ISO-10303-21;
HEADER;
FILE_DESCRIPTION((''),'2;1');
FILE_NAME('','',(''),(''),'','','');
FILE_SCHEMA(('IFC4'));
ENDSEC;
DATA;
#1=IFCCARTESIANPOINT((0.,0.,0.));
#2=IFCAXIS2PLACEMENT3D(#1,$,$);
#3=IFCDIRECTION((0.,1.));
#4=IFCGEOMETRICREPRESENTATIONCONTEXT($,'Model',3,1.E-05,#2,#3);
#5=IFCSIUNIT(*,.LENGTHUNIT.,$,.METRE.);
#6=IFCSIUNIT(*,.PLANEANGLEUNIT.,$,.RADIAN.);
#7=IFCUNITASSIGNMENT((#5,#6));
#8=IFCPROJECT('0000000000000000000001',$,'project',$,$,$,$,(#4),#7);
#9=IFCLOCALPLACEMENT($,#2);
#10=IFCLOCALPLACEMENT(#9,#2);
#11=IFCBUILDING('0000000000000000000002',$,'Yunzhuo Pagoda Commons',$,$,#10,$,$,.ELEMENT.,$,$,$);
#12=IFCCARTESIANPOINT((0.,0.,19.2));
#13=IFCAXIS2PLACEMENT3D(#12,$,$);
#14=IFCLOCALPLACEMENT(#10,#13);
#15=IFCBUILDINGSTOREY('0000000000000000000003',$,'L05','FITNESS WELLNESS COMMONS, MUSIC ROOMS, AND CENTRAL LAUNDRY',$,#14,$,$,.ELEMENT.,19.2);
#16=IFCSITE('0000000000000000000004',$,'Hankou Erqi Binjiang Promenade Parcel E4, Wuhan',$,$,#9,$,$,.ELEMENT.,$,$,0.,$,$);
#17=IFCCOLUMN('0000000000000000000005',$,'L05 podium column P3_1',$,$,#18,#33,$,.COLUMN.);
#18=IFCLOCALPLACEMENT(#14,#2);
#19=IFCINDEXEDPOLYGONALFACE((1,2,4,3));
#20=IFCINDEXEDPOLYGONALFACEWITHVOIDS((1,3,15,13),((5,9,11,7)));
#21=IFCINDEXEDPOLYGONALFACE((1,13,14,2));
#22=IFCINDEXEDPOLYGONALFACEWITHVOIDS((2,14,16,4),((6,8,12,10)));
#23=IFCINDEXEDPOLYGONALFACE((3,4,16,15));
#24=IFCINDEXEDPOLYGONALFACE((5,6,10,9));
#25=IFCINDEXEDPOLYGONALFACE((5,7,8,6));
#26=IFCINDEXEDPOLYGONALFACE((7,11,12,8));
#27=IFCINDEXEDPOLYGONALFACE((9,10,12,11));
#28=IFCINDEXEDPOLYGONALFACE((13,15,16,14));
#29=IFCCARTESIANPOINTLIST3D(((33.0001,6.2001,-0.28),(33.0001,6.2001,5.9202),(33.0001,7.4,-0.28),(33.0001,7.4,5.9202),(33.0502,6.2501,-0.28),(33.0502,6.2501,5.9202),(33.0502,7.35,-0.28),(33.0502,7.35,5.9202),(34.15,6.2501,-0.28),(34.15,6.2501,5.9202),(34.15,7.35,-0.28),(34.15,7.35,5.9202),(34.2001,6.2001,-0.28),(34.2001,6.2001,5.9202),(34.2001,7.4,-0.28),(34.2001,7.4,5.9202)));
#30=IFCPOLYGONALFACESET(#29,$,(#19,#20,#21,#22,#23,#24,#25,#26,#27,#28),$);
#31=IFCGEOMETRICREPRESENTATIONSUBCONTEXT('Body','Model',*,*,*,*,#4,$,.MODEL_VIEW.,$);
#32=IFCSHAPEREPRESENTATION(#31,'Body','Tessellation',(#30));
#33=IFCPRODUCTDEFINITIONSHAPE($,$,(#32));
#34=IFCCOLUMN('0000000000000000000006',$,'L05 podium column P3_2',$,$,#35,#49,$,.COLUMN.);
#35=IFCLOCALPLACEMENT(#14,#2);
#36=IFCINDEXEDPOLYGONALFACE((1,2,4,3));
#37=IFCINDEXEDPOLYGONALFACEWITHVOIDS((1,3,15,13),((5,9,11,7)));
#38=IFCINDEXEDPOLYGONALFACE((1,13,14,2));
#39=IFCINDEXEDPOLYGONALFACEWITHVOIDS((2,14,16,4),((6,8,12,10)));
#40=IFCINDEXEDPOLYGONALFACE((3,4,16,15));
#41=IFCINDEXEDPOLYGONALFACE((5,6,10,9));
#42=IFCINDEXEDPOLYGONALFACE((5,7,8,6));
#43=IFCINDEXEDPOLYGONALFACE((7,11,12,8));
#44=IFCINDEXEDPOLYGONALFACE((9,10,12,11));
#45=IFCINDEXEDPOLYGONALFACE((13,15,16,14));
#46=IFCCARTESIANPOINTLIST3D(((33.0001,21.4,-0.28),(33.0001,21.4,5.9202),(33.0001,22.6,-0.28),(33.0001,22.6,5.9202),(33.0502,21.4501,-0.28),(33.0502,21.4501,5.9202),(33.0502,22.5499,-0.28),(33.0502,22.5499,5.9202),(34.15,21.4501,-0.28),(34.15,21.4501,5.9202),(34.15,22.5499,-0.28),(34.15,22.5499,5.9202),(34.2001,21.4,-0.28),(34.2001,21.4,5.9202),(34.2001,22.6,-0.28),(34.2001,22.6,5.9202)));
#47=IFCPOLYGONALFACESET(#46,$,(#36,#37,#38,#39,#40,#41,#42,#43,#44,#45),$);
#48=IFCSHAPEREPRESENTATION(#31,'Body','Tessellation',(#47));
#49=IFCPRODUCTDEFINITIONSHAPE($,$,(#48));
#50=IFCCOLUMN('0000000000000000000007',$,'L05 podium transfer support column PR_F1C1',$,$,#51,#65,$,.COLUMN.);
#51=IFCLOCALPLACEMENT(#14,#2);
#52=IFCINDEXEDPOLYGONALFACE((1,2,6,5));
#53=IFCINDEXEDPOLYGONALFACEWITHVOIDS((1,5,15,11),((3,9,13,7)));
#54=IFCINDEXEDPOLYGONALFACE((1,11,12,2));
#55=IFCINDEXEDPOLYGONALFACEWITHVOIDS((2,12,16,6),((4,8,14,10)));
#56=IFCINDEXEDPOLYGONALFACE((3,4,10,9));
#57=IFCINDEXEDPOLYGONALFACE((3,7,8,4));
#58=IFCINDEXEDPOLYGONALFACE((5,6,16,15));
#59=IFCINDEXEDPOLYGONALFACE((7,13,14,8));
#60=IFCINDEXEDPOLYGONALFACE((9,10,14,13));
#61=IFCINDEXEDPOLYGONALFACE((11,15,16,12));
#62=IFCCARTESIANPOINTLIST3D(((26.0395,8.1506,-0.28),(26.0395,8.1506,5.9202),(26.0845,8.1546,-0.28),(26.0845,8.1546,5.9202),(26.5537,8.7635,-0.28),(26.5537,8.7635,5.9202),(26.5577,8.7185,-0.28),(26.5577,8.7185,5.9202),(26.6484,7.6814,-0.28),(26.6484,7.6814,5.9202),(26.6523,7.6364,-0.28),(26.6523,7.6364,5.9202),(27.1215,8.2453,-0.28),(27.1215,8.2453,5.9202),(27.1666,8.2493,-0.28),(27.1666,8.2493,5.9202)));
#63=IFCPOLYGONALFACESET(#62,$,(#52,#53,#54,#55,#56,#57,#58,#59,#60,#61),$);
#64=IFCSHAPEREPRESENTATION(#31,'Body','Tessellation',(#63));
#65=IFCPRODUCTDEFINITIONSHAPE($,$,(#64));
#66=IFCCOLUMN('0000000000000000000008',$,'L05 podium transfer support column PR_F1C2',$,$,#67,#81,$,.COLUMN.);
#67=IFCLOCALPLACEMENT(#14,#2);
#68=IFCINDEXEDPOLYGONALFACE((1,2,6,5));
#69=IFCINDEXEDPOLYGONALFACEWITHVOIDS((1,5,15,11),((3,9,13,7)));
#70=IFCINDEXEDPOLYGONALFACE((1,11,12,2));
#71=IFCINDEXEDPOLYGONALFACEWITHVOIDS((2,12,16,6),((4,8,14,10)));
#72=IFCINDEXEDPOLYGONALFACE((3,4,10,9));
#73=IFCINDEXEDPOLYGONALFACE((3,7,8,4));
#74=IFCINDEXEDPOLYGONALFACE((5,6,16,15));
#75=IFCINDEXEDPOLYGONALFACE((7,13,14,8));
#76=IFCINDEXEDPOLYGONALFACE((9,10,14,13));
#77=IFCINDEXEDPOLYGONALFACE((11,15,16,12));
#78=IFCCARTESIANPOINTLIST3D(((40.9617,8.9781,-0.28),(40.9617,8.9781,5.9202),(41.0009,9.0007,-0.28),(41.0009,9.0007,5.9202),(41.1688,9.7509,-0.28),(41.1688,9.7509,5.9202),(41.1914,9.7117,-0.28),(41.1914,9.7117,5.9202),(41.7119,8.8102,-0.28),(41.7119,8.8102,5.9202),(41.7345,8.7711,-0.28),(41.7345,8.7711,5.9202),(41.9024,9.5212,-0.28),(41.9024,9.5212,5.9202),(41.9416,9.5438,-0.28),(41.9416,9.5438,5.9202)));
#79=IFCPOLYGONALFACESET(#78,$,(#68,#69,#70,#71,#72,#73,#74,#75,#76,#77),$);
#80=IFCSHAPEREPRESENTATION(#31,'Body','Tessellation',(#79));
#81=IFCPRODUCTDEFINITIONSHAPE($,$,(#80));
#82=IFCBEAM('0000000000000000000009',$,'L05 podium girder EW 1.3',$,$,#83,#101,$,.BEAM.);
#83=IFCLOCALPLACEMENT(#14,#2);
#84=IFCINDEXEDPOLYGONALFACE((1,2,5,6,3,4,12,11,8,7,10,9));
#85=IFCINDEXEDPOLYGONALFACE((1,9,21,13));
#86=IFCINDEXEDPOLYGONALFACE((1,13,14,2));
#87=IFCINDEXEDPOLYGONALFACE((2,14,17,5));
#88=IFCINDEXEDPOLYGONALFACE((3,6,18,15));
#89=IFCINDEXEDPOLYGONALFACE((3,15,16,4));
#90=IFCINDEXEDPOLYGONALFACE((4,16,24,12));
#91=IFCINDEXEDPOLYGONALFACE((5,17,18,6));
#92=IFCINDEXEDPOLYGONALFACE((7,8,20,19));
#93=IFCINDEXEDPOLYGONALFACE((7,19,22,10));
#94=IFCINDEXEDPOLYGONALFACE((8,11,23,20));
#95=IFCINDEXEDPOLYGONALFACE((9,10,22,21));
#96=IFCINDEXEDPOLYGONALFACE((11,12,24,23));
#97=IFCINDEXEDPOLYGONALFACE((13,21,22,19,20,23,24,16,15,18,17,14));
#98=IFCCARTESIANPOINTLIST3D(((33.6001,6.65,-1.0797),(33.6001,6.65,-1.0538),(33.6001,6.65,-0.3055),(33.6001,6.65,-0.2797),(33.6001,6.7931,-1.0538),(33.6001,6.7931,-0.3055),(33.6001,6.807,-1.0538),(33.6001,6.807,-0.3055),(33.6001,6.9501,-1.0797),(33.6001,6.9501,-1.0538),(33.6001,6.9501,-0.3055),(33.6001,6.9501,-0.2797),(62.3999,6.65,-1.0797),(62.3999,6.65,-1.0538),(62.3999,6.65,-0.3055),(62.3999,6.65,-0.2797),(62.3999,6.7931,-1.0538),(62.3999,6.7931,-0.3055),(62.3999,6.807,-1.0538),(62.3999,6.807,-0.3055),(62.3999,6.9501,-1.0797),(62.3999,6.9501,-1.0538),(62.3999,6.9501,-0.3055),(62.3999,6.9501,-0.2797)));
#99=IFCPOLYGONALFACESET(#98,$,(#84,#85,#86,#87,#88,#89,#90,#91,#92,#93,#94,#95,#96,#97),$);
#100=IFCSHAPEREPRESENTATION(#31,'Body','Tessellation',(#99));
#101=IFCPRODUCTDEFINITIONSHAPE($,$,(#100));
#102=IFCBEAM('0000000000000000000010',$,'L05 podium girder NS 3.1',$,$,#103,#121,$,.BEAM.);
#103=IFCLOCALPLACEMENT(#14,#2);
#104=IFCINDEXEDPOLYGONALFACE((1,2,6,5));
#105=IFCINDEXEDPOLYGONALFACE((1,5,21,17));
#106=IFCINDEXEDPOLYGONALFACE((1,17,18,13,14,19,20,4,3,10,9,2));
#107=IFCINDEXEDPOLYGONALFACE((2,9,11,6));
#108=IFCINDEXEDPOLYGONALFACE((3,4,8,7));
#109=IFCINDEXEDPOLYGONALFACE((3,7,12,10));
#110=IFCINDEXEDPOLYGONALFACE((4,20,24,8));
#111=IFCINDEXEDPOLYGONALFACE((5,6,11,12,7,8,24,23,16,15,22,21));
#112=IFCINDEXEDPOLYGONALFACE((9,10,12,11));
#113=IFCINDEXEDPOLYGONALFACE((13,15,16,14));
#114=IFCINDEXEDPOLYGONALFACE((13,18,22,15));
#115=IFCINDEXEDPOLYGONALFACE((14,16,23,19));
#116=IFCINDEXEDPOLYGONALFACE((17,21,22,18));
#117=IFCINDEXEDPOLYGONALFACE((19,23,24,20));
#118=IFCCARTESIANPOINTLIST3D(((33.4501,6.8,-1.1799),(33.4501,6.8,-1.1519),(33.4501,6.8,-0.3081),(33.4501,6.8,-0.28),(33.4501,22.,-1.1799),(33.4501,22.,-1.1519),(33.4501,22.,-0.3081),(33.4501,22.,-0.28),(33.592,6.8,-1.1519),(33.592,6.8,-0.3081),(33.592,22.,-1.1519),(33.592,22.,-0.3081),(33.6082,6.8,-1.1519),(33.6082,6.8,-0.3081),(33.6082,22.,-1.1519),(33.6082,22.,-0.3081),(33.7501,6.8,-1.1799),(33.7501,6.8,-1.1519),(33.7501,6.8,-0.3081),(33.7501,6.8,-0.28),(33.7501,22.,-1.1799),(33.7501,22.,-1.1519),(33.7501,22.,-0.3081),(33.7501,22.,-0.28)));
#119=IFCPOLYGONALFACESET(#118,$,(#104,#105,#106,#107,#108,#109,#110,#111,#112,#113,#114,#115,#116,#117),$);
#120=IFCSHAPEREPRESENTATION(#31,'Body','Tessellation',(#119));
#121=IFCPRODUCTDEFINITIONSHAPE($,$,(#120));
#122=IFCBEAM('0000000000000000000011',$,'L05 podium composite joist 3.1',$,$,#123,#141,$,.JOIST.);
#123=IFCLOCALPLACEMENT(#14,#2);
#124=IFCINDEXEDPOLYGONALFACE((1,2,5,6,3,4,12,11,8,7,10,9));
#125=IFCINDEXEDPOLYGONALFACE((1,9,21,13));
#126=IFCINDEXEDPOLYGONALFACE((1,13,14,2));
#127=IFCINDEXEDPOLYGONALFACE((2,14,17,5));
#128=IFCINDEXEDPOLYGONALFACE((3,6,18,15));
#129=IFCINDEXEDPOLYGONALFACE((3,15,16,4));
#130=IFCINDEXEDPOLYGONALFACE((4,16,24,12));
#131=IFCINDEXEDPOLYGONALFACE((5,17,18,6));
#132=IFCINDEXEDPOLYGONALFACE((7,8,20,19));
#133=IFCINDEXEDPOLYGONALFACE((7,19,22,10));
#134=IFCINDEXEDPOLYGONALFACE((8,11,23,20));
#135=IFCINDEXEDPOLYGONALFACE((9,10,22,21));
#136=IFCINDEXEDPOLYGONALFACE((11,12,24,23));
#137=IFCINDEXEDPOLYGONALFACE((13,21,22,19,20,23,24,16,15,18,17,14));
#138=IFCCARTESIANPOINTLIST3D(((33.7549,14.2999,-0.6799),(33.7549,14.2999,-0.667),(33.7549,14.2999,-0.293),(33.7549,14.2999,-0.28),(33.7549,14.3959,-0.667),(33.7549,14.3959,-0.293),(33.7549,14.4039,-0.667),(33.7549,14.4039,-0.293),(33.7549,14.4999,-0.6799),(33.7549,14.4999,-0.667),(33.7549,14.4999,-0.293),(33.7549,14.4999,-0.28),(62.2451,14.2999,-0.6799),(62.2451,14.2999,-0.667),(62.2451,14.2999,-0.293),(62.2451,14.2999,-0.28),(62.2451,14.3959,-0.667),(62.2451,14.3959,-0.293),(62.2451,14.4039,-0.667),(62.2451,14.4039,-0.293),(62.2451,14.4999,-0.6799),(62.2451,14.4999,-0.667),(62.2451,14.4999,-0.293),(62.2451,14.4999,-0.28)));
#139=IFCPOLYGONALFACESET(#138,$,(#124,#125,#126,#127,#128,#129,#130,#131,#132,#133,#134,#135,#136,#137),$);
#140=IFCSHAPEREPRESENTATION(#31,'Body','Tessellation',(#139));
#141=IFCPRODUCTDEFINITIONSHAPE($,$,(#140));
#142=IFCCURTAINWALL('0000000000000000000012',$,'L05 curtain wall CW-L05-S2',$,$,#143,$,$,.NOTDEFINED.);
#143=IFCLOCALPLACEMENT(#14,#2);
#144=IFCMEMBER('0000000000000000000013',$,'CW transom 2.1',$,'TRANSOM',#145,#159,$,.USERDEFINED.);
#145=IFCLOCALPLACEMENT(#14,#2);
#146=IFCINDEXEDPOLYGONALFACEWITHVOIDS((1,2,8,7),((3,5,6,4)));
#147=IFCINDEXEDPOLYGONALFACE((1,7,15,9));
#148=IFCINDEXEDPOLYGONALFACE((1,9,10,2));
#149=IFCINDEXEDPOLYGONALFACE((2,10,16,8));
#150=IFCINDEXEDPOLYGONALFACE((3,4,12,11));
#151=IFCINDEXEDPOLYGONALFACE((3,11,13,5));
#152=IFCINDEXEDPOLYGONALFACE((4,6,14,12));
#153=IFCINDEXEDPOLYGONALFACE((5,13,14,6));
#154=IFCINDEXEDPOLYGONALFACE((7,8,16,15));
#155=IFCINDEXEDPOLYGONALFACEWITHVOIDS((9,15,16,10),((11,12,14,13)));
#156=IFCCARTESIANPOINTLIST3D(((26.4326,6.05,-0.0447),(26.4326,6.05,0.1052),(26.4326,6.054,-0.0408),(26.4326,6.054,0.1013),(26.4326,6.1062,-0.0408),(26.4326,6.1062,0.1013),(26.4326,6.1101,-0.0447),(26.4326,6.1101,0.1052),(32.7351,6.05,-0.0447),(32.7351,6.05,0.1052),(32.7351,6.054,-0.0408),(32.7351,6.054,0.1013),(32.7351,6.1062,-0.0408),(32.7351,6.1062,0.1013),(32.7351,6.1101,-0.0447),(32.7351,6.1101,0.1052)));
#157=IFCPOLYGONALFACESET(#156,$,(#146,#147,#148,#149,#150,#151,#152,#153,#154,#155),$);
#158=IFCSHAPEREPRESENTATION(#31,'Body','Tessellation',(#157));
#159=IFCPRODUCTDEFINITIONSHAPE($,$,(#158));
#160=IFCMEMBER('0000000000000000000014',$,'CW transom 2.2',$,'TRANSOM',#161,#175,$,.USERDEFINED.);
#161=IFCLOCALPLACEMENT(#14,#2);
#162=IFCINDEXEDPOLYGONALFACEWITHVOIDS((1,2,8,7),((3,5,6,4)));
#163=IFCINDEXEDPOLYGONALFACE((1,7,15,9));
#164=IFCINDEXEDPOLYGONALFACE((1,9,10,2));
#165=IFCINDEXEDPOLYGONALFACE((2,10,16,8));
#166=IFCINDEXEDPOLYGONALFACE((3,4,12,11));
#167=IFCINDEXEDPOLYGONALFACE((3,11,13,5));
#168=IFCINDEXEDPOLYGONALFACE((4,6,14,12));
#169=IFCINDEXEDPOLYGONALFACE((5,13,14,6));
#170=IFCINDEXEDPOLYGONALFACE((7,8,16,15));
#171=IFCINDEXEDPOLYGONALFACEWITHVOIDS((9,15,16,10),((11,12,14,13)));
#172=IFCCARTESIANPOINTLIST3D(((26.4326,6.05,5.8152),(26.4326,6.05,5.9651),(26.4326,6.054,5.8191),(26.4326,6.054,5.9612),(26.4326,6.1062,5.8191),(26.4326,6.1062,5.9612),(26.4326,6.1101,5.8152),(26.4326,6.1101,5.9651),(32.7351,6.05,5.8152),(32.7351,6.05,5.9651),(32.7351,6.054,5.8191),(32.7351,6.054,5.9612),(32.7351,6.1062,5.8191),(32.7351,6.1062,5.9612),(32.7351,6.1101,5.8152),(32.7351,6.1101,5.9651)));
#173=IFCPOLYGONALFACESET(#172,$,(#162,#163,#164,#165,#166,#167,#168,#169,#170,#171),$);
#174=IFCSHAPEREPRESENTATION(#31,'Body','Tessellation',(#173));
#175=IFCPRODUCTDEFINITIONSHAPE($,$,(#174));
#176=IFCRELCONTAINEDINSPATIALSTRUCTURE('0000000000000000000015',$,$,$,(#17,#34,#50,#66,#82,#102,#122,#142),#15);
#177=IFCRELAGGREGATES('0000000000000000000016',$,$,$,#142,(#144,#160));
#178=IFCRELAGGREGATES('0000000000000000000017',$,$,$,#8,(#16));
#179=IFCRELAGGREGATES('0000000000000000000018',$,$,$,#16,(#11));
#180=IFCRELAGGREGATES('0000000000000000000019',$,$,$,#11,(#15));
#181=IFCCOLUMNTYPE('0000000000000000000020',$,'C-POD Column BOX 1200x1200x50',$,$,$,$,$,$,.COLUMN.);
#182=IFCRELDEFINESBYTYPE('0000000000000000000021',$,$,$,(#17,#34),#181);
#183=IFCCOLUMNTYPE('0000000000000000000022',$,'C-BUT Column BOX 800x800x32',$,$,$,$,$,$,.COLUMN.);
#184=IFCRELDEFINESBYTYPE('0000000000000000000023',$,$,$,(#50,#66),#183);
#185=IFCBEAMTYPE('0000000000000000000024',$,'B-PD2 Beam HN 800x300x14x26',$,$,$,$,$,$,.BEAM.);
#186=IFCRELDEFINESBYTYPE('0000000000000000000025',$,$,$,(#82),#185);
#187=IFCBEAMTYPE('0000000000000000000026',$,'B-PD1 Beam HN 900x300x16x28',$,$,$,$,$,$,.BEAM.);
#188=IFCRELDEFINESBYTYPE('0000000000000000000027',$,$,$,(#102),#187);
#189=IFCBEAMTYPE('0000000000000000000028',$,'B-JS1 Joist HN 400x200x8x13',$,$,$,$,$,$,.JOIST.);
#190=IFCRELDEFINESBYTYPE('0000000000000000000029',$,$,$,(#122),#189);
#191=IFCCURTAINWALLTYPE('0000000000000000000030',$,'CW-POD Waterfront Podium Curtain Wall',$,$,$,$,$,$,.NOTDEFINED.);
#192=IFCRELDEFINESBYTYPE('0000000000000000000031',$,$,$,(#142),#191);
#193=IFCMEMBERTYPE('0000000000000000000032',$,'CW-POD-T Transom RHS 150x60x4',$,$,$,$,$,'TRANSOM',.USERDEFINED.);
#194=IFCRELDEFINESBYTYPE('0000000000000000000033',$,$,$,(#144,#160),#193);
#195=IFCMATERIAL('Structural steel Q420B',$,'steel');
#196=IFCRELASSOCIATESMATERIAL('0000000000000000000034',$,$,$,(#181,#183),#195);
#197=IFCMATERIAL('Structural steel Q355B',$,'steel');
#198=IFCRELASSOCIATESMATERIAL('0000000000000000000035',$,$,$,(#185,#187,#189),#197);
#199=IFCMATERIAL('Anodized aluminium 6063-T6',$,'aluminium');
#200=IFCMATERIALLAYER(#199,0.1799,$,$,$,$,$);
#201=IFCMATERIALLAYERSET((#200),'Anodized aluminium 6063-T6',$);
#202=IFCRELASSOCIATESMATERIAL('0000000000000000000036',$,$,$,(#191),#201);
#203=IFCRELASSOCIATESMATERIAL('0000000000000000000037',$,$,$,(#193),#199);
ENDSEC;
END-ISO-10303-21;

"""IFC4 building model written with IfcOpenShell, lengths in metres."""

from ifc_helpers import new_model, si_unit, direction, frame, origin, origin_2d, place, context, subcontext, project, spatial, hollow_rectangle, i_section, extrude, source, transform, mapped, material, layer, layer_set, material_profile, profile_set, type_object, element, aggregate, save


model = new_model("IFC4")

# Units and contexts
model_context = context("Model", 3, precision=1e-05, world=origin(), true_north=direction((0.0, 1.0)))
body_context = subcontext(model_context, "Body", "Model", "MODEL_VIEW")
ifc_project = project(units=[si_unit("LENGTHUNIT", "METRE"), si_unit("PLANEANGLEUNIT", "RADIAN")], contexts=[model_context])

# Site, building, storey
site_placement = place(None, origin())
site = spatial("IfcSite", under=ifc_project, at=site_placement, Name="Hankou Erqi Binjiang Promenade Parcel E4, Wuhan", CompositionType="ELEMENT", RefElevation=0.0)
building_placement = place(site_placement, origin())
building = spatial("IfcBuilding", under=site, at=building_placement, Name="Yunzhuo Pagoda Commons", CompositionType="ELEMENT")
storey_placement = place(building_placement, frame((0.0, 0.0, 19.2)))
storey = spatial("IfcBuildingStorey", under=building, at=storey_placement, Name="L05", Description="FITNESS WELLNESS COMMONS, MUSIC ROOMS, AND CENTRAL LAUNDRY", CompositionType="ELEMENT", Elevation=19.2)

# Columns
ifc_material_1 = material(Name="Structural steel Q420B", Category="steel")
ifc_material_profile_1 = material_profile(ifc_material_1, hollow_rectangle(XDim=1.2, YDim=1.2, WallThickness=0.05, at=origin_2d()), Name="Structural steel Q420B")
ifc_profile_set_1 = profile_set([ifc_material_profile_1], Name="Structural steel Q420B")
column_type_1 = type_object("IfcColumnType", Name="C-POD Column BOX 1200x1200x50", PredefinedType="COLUMN", material=ifc_profile_set_1)
shared_shape_1 = source(origin(), body_context, "Body", "SweptSolid", [
    extrude(hollow_rectangle(XDim=1.2, YDim=1.2, WallThickness=0.05, at=origin_2d()), origin(), (0.0, 0.0, 1.0), 6.2002),
])
for number, where, z_axis, x_axis, name in (
    (1, (33.6001, 6.8, -0.28), (0.0, 0.0, 1.0), (1.0, 0.0, 0.0), "L05 podium column P3_1"),
    (2, (33.6001, 22.0, -0.28), (0.0, 0.0, 1.0), (1.0, 0.0, 0.0), "L05 podium column P3_2"),
):
    element("IfcColumn", number, at=place(storey_placement, frame(where, z_axis=z_axis, x_axis=x_axis)), inside=storey, type_object=column_type_1, Name=name, PredefinedType="COLUMN", context=body_context, shape_type="MappedRepresentation", body=[
        mapped(shared_shape_1, transform((0.0, 0.0, 0.0), scale=1.0)),
    ])
ifc_material_profile_2 = material_profile(ifc_material_1, hollow_rectangle(XDim=0.8, YDim=0.8, WallThickness=0.032, at=origin_2d()), Name="Structural steel Q420B")
ifc_profile_set_2 = profile_set([ifc_material_profile_2], Name="Structural steel Q420B")
column_type_2 = type_object("IfcColumnType", Name="C-BUT Column BOX 800x800x32", PredefinedType="COLUMN", material=ifc_profile_set_2)
shared_shape_2 = source(origin(), body_context, "Body", "SweptSolid", [
    extrude(hollow_rectangle(XDim=0.8, YDim=0.8, WallThickness=0.032, at=origin_2d()), origin(), (0.0, 0.0, 1.0), 6.2002),
])
for number, where, z_axis, x_axis, name in (
    (3, (26.603, 8.2, -0.28), (0.0, 0.0, 1.0), (0.766044, -0.642788, 0.0), "L05 podium transfer support column PR_F1C1"),
    (4, (41.4517, 9.261, -0.28), (0.0, 0.0, 1.0), (0.965926, -0.258819, 0.0), "L05 podium transfer support column PR_F1C2"),
):
    element("IfcColumn", number, at=place(storey_placement, frame(where, z_axis=z_axis, x_axis=x_axis)), inside=storey, type_object=column_type_2, Name=name, PredefinedType="COLUMN", context=body_context, shape_type="MappedRepresentation", body=[
        mapped(shared_shape_2, transform((0.0, 0.0, 0.0), scale=1.0)),
    ])

# Beams
ifc_material_2 = material(Name="Structural steel Q355B", Category="steel")
ifc_material_profile_3 = material_profile(ifc_material_2, i_section(OverallWidth=0.3, OverallDepth=0.8, WebThickness=0.0139, FlangeThickness=0.0259, at=origin_2d()), Name="Structural steel Q355B")
ifc_profile_set_3 = profile_set([ifc_material_profile_3], Name="Structural steel Q355B")
beam_type_1 = type_object("IfcBeamType", Name="B-PD2 Beam HN 800x300x14x26", PredefinedType="BEAM", material=ifc_profile_set_3)
shared_shape_3 = source(origin(), body_context, "Body", "SweptSolid", [
    extrude(i_section(OverallWidth=0.3, OverallDepth=0.8, WebThickness=0.0139, FlangeThickness=0.0259, at=origin_2d()), origin(), (0.0, 0.0, 1.0), 28.7998),
])
beam_1_placement = place(storey_placement, frame((33.6001, 6.8, -0.6797), z_axis=(1.0, 0.0, 0.0), x_axis=(0.0, 1.0, 0.0)))
element("IfcBeam", 5, at=beam_1_placement, inside=storey, type_object=beam_type_1, Name="L05 podium girder EW 1.3", PredefinedType="BEAM", context=body_context, shape_type="MappedRepresentation", body=[
    mapped(shared_shape_3, transform((0.0, 0.0, 0.0), scale=1.0)),
])
ifc_material_profile_4 = material_profile(ifc_material_2, i_section(OverallWidth=0.3, OverallDepth=0.8999, WebThickness=0.0161, FlangeThickness=0.0281, at=origin_2d()), Name="Structural steel Q355B")
ifc_profile_set_4 = profile_set([ifc_material_profile_4], Name="Structural steel Q355B")
beam_type_2 = type_object("IfcBeamType", Name="B-PD1 Beam HN 900x300x16x28", PredefinedType="BEAM", material=ifc_profile_set_4)
shared_shape_4 = source(origin(), body_context, "Body", "SweptSolid", [
    extrude(i_section(OverallWidth=0.3, OverallDepth=0.8999, WebThickness=0.0161, FlangeThickness=0.0281, at=origin_2d()), origin(), (0.0, 0.0, 1.0), 15.2),
])
beam_2_placement = place(storey_placement, frame((33.6001, 6.8, -0.73), z_axis=(0.0, 1.0, 0.0), x_axis=(-1.0, 0.0, 0.0)))
element("IfcBeam", 6, at=beam_2_placement, inside=storey, type_object=beam_type_2, Name="L05 podium girder NS 3.1", PredefinedType="BEAM", context=body_context, shape_type="MappedRepresentation", body=[
    mapped(shared_shape_4, transform((0.0, 0.0, 0.0), scale=1.0)),
])
ifc_material_profile_5 = material_profile(ifc_material_2, i_section(OverallWidth=0.2, OverallDepth=0.3999, WebThickness=0.0081, FlangeThickness=0.0129, at=origin_2d()), Name="Structural steel Q355B")
ifc_profile_set_5 = profile_set([ifc_material_profile_5], Name="Structural steel Q355B")
beam_type_3 = type_object("IfcBeamType", Name="B-JS1 Joist HN 400x200x8x13", PredefinedType="JOIST", material=ifc_profile_set_5)
shared_shape_5 = source(origin(), body_context, "Body", "SweptSolid", [
    extrude(i_section(OverallWidth=0.2, OverallDepth=0.3999, WebThickness=0.0081, FlangeThickness=0.0129, at=origin_2d()), origin(), (0.0, 0.0, 1.0), 28.4902),
])
beam_3_placement = place(storey_placement, frame((33.7549, 14.3999, -0.48), z_axis=(1.0, 0.0, 0.0), x_axis=(0.0, 1.0, 0.0)))
element("IfcBeam", 7, at=beam_3_placement, inside=storey, type_object=beam_type_3, Name="L05 podium composite joist 3.1", PredefinedType="JOIST", context=body_context, shape_type="MappedRepresentation", body=[
    mapped(shared_shape_5, transform((0.0, 0.0, 0.0), scale=1.0)),
])

# Curtain wall, members
ifc_material_3 = material(Name="Anodized aluminium 6063-T6", Category="aluminium")
ifc_layer_1 = layer(ifc_material_3, 0.1799)
ifc_layer_set_1 = layer_set([ifc_layer_1], Name="Anodized aluminium 6063-T6")
curtain_wall_type = type_object("IfcCurtainWallType", Name="CW-POD Waterfront Podium Curtain Wall", PredefinedType="NOTDEFINED", material=ifc_layer_set_1)
curtain_wall_1_placement = place(storey_placement, origin())
curtain_wall_1 = element("IfcCurtainWall", 8, at=curtain_wall_1_placement, inside=storey, type_object=curtain_wall_type, Name="L05 curtain wall CW-L05-S2", PredefinedType="NOTDEFINED")
ifc_material_profile_6 = material_profile(ifc_material_3, hollow_rectangle(XDim=0.0601, YDim=0.1499, WallThickness=0.0039, at=origin_2d()), Name="Anodized aluminium 6063-T6")
ifc_profile_set_6 = profile_set([ifc_material_profile_6], Name="Anodized aluminium 6063-T6")
member_type_1 = type_object("IfcMemberType", Name="CW-POD-T Transom RHS 150x60x4", ElementType="TRANSOM", PredefinedType="USERDEFINED", material=ifc_profile_set_6)
shared_shape_6 = source(origin(), body_context, "Body", "SweptSolid", [
    extrude(hollow_rectangle(XDim=0.0601, YDim=0.1499, WallThickness=0.0039, at=origin_2d()), origin(), (0.0, 0.0, 1.0), 6.3025),
])
member_1_placement = place(storey_placement, frame((26.4326, 6.0801, 0.0303), z_axis=(1.0, 0.0, 0.0), x_axis=(0.0, 1.0, 0.0)))
member_1 = element("IfcMember", 9, at=member_1_placement, type_object=member_type_1, Name="CW transom 2.1", ObjectType="TRANSOM", PredefinedType="USERDEFINED", context=body_context, shape_type="MappedRepresentation", body=[
    mapped(shared_shape_6, transform((0.0, 0.0, 0.0), scale=1.0)),
])
member_2_placement = place(storey_placement, frame((26.4326, 6.0801, 5.8901), z_axis=(1.0, 0.0, 0.0), x_axis=(0.0, 1.0, 0.0)))
member_2 = element("IfcMember", 10, at=member_2_placement, type_object=member_type_1, Name="CW transom 2.2", ObjectType="TRANSOM", PredefinedType="USERDEFINED", context=body_context, shape_type="MappedRepresentation", body=[
    mapped(shared_shape_6, transform((0.0, 0.0, 0.0), scale=1.0)),
])

aggregate(curtain_wall_1, [member_1, member_2])

save(model, "model.ifc")
